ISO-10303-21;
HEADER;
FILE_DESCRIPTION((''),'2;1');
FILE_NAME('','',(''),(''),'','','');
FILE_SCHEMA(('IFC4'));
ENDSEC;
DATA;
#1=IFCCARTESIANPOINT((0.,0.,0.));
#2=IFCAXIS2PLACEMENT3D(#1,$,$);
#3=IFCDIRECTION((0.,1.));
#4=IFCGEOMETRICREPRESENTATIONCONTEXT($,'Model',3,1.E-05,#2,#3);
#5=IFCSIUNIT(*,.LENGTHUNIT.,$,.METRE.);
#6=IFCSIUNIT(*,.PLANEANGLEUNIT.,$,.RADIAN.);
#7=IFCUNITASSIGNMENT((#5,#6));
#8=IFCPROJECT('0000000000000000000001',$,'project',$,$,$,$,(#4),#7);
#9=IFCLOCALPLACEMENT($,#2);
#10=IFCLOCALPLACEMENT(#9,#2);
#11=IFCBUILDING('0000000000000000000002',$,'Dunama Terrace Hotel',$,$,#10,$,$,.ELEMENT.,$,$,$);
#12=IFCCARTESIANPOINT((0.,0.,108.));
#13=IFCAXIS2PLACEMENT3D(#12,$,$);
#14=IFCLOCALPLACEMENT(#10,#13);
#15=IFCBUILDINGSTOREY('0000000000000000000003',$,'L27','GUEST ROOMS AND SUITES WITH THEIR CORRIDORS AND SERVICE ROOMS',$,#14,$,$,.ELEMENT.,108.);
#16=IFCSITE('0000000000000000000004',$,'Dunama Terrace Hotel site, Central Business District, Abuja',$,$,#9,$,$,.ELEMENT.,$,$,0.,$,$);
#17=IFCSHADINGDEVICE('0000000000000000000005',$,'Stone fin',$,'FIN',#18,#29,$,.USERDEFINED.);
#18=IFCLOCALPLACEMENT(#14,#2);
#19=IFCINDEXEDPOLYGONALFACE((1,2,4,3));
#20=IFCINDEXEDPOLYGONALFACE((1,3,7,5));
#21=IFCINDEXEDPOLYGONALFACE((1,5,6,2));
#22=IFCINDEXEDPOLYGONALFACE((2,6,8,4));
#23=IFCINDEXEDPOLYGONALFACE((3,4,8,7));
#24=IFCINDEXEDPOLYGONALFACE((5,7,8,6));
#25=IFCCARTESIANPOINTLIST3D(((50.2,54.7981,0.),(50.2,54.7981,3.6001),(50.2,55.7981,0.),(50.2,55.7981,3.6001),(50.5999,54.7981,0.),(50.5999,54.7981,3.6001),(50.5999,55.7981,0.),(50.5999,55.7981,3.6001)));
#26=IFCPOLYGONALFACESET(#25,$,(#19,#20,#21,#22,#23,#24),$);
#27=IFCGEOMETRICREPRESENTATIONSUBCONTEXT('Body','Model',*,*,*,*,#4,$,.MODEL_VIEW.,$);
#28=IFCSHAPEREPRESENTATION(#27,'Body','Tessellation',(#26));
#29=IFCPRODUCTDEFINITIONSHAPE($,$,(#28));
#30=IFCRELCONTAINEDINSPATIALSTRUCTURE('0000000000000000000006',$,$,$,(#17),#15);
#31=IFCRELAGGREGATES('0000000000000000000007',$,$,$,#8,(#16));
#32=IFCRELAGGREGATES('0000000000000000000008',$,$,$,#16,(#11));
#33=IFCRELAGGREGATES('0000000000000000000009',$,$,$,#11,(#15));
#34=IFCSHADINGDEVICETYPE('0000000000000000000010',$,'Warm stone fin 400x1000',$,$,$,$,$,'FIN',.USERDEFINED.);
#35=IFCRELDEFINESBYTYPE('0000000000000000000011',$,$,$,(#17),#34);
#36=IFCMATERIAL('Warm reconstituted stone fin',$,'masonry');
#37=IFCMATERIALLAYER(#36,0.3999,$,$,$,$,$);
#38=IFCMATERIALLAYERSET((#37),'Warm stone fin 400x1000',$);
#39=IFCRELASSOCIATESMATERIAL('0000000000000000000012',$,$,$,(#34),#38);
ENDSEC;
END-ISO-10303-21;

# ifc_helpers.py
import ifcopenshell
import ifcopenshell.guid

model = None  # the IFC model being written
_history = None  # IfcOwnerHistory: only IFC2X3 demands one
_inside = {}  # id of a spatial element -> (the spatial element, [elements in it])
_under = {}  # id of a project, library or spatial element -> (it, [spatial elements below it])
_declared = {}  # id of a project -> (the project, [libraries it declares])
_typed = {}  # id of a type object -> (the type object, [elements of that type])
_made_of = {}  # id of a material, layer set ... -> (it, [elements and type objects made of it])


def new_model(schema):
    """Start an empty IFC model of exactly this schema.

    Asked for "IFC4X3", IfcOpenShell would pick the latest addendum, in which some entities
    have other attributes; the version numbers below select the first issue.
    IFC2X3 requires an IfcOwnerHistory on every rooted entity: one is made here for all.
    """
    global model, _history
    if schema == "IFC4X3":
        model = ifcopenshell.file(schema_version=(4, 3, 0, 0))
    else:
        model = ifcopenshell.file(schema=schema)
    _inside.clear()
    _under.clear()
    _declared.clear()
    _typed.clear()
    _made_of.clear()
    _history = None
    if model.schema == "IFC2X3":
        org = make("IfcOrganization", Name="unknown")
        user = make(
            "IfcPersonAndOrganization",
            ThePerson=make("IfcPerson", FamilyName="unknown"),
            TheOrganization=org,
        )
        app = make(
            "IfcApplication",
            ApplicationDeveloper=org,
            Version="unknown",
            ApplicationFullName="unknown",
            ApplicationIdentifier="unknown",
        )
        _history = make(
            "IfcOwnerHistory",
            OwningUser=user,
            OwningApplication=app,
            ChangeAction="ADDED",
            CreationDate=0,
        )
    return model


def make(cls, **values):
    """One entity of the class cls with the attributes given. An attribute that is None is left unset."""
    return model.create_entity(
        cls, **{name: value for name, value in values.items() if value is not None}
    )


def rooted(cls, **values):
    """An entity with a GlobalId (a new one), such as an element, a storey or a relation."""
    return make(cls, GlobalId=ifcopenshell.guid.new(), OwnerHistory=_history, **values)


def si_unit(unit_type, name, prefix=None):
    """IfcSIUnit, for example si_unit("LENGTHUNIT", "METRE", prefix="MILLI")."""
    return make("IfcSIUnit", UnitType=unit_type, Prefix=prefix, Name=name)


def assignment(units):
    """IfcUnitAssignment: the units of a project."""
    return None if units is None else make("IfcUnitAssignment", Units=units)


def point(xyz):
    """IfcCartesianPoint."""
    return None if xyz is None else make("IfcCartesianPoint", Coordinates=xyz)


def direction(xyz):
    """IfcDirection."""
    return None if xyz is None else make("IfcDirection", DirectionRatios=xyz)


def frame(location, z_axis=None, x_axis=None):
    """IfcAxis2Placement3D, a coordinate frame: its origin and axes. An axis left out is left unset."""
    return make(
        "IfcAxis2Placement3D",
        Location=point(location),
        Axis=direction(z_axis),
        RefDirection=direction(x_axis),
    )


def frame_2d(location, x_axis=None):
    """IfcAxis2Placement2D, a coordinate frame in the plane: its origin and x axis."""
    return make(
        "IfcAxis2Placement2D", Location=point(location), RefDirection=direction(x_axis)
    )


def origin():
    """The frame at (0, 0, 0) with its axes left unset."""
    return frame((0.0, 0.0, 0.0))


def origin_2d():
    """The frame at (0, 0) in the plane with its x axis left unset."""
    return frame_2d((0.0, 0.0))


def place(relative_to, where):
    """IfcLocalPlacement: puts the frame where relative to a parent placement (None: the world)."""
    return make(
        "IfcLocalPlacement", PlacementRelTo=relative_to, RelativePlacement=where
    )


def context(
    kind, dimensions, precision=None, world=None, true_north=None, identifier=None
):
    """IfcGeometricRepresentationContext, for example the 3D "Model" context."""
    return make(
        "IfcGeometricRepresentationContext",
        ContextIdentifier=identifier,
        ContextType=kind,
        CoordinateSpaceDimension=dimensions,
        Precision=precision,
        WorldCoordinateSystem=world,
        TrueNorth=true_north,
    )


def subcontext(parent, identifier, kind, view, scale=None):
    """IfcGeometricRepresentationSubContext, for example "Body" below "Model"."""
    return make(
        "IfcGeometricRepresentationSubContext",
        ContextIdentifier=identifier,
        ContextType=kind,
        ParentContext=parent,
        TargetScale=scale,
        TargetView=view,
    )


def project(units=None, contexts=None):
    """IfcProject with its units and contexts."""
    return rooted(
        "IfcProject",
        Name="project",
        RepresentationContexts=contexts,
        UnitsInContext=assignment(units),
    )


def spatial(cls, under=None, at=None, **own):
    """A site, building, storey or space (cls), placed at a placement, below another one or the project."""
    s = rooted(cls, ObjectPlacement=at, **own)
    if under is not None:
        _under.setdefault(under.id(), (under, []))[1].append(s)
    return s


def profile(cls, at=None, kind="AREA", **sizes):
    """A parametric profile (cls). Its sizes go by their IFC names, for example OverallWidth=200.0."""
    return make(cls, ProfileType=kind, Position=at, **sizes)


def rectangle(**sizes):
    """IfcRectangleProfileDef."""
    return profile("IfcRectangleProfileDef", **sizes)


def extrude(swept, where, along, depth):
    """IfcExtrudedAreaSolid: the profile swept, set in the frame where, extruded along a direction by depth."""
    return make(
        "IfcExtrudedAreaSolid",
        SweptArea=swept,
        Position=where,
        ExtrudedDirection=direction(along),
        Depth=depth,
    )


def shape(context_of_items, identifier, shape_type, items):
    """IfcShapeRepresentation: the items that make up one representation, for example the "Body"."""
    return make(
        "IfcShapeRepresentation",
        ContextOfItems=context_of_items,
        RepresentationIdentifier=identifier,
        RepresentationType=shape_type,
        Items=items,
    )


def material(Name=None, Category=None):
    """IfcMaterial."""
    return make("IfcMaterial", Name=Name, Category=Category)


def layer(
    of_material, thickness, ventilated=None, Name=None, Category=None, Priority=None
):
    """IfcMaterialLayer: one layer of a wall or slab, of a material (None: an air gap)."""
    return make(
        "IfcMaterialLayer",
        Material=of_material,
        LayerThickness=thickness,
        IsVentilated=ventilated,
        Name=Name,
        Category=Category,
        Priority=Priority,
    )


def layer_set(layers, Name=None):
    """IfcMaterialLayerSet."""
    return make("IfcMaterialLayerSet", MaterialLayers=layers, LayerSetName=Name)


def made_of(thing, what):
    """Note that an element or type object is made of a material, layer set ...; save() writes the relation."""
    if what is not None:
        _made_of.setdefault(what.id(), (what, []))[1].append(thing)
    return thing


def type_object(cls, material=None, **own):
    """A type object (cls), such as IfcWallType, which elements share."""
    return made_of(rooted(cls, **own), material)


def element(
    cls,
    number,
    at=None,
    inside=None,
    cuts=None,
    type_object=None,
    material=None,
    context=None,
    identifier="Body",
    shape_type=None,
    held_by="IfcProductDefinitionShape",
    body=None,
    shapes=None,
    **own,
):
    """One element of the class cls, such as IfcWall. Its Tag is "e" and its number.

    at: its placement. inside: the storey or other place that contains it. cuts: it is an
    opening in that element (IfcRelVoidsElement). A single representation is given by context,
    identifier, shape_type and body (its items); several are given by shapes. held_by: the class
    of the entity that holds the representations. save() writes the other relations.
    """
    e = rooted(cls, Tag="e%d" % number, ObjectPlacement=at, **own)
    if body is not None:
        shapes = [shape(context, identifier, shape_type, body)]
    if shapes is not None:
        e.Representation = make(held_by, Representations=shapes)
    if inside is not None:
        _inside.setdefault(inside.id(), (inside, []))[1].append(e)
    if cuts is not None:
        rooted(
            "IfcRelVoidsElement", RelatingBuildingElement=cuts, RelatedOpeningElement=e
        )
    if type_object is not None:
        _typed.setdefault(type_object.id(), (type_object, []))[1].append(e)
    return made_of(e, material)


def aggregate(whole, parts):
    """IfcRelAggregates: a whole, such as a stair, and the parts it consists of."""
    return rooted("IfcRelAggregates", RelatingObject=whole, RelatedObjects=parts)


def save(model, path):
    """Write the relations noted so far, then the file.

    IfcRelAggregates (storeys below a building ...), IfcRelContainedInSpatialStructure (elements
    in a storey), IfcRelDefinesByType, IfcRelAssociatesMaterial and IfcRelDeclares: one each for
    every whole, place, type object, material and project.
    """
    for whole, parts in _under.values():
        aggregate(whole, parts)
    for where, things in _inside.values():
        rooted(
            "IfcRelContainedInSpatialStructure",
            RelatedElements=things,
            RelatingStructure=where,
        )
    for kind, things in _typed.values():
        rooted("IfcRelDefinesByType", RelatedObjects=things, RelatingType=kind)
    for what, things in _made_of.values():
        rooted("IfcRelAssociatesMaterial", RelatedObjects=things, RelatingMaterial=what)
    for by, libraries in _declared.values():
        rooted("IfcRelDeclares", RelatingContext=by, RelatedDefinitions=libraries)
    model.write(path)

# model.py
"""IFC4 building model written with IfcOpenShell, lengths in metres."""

from ifc_helpers import new_model, si_unit, direction, frame, origin, origin_2d, place, context, subcontext, project, spatial, rectangle, extrude, material, layer, layer_set, type_object, element, save


model = new_model("IFC4")

# Units and contexts
model_context = context("Model", 3, precision=1e-05, world=origin(), true_north=direction((0.0, 1.0)))
body_context = subcontext(model_context, "Body", "Model", "MODEL_VIEW")
ifc_project = project(units=[si_unit("LENGTHUNIT", "METRE"), si_unit("PLANEANGLEUNIT", "RADIAN")], contexts=[model_context])

# Site, building, storey
site_placement = place(None, origin())
site = spatial("IfcSite", under=ifc_project, at=site_placement, Name="Dunama Terrace Hotel site, Central Business District, Abuja", CompositionType="ELEMENT", RefElevation=0.0)
building_placement = place(site_placement, origin())
building = spatial("IfcBuilding", under=site, at=building_placement, Name="Dunama Terrace Hotel", CompositionType="ELEMENT")
storey_placement = place(building_placement, frame((0.0, 0.0, 108.0)))
storey = spatial("IfcBuildingStorey", under=building, at=storey_placement, Name="L27", Description="GUEST ROOMS AND SUITES WITH THEIR CORRIDORS AND SERVICE ROOMS", CompositionType="ELEMENT", Elevation=108.0)

# Shading device
ifc_material_1 = material(Name="Warm reconstituted stone fin", Category="masonry")
ifc_layer_1 = layer(ifc_material_1, 0.3999)
ifc_layer_set_1 = layer_set([ifc_layer_1], Name="Warm stone fin 400x1000")
shading_device_type = type_object("IfcShadingDeviceType", Name="Warm stone fin 400x1000", ElementType="FIN", PredefinedType="USERDEFINED", material=ifc_layer_set_1)
shading_device_placement = place(storey_placement, frame((50.3999, 55.2981, 0.0), z_axis=(0.0, 0.0, 1.0), x_axis=(-1.0, 0.0, 0.0)))
element("IfcShadingDevice", 1, at=shading_device_placement, inside=storey, type_object=shading_device_type, Name="Stone fin", ObjectType="FIN", PredefinedType="USERDEFINED", context=body_context, shape_type="SweptSolid", body=[
    extrude(rectangle(XDim=0.3999, YDim=1.0, at=origin_2d()), origin(), (0.0, 0.0, 1.0), 3.6001),
])

save(model, "model.ifc")
